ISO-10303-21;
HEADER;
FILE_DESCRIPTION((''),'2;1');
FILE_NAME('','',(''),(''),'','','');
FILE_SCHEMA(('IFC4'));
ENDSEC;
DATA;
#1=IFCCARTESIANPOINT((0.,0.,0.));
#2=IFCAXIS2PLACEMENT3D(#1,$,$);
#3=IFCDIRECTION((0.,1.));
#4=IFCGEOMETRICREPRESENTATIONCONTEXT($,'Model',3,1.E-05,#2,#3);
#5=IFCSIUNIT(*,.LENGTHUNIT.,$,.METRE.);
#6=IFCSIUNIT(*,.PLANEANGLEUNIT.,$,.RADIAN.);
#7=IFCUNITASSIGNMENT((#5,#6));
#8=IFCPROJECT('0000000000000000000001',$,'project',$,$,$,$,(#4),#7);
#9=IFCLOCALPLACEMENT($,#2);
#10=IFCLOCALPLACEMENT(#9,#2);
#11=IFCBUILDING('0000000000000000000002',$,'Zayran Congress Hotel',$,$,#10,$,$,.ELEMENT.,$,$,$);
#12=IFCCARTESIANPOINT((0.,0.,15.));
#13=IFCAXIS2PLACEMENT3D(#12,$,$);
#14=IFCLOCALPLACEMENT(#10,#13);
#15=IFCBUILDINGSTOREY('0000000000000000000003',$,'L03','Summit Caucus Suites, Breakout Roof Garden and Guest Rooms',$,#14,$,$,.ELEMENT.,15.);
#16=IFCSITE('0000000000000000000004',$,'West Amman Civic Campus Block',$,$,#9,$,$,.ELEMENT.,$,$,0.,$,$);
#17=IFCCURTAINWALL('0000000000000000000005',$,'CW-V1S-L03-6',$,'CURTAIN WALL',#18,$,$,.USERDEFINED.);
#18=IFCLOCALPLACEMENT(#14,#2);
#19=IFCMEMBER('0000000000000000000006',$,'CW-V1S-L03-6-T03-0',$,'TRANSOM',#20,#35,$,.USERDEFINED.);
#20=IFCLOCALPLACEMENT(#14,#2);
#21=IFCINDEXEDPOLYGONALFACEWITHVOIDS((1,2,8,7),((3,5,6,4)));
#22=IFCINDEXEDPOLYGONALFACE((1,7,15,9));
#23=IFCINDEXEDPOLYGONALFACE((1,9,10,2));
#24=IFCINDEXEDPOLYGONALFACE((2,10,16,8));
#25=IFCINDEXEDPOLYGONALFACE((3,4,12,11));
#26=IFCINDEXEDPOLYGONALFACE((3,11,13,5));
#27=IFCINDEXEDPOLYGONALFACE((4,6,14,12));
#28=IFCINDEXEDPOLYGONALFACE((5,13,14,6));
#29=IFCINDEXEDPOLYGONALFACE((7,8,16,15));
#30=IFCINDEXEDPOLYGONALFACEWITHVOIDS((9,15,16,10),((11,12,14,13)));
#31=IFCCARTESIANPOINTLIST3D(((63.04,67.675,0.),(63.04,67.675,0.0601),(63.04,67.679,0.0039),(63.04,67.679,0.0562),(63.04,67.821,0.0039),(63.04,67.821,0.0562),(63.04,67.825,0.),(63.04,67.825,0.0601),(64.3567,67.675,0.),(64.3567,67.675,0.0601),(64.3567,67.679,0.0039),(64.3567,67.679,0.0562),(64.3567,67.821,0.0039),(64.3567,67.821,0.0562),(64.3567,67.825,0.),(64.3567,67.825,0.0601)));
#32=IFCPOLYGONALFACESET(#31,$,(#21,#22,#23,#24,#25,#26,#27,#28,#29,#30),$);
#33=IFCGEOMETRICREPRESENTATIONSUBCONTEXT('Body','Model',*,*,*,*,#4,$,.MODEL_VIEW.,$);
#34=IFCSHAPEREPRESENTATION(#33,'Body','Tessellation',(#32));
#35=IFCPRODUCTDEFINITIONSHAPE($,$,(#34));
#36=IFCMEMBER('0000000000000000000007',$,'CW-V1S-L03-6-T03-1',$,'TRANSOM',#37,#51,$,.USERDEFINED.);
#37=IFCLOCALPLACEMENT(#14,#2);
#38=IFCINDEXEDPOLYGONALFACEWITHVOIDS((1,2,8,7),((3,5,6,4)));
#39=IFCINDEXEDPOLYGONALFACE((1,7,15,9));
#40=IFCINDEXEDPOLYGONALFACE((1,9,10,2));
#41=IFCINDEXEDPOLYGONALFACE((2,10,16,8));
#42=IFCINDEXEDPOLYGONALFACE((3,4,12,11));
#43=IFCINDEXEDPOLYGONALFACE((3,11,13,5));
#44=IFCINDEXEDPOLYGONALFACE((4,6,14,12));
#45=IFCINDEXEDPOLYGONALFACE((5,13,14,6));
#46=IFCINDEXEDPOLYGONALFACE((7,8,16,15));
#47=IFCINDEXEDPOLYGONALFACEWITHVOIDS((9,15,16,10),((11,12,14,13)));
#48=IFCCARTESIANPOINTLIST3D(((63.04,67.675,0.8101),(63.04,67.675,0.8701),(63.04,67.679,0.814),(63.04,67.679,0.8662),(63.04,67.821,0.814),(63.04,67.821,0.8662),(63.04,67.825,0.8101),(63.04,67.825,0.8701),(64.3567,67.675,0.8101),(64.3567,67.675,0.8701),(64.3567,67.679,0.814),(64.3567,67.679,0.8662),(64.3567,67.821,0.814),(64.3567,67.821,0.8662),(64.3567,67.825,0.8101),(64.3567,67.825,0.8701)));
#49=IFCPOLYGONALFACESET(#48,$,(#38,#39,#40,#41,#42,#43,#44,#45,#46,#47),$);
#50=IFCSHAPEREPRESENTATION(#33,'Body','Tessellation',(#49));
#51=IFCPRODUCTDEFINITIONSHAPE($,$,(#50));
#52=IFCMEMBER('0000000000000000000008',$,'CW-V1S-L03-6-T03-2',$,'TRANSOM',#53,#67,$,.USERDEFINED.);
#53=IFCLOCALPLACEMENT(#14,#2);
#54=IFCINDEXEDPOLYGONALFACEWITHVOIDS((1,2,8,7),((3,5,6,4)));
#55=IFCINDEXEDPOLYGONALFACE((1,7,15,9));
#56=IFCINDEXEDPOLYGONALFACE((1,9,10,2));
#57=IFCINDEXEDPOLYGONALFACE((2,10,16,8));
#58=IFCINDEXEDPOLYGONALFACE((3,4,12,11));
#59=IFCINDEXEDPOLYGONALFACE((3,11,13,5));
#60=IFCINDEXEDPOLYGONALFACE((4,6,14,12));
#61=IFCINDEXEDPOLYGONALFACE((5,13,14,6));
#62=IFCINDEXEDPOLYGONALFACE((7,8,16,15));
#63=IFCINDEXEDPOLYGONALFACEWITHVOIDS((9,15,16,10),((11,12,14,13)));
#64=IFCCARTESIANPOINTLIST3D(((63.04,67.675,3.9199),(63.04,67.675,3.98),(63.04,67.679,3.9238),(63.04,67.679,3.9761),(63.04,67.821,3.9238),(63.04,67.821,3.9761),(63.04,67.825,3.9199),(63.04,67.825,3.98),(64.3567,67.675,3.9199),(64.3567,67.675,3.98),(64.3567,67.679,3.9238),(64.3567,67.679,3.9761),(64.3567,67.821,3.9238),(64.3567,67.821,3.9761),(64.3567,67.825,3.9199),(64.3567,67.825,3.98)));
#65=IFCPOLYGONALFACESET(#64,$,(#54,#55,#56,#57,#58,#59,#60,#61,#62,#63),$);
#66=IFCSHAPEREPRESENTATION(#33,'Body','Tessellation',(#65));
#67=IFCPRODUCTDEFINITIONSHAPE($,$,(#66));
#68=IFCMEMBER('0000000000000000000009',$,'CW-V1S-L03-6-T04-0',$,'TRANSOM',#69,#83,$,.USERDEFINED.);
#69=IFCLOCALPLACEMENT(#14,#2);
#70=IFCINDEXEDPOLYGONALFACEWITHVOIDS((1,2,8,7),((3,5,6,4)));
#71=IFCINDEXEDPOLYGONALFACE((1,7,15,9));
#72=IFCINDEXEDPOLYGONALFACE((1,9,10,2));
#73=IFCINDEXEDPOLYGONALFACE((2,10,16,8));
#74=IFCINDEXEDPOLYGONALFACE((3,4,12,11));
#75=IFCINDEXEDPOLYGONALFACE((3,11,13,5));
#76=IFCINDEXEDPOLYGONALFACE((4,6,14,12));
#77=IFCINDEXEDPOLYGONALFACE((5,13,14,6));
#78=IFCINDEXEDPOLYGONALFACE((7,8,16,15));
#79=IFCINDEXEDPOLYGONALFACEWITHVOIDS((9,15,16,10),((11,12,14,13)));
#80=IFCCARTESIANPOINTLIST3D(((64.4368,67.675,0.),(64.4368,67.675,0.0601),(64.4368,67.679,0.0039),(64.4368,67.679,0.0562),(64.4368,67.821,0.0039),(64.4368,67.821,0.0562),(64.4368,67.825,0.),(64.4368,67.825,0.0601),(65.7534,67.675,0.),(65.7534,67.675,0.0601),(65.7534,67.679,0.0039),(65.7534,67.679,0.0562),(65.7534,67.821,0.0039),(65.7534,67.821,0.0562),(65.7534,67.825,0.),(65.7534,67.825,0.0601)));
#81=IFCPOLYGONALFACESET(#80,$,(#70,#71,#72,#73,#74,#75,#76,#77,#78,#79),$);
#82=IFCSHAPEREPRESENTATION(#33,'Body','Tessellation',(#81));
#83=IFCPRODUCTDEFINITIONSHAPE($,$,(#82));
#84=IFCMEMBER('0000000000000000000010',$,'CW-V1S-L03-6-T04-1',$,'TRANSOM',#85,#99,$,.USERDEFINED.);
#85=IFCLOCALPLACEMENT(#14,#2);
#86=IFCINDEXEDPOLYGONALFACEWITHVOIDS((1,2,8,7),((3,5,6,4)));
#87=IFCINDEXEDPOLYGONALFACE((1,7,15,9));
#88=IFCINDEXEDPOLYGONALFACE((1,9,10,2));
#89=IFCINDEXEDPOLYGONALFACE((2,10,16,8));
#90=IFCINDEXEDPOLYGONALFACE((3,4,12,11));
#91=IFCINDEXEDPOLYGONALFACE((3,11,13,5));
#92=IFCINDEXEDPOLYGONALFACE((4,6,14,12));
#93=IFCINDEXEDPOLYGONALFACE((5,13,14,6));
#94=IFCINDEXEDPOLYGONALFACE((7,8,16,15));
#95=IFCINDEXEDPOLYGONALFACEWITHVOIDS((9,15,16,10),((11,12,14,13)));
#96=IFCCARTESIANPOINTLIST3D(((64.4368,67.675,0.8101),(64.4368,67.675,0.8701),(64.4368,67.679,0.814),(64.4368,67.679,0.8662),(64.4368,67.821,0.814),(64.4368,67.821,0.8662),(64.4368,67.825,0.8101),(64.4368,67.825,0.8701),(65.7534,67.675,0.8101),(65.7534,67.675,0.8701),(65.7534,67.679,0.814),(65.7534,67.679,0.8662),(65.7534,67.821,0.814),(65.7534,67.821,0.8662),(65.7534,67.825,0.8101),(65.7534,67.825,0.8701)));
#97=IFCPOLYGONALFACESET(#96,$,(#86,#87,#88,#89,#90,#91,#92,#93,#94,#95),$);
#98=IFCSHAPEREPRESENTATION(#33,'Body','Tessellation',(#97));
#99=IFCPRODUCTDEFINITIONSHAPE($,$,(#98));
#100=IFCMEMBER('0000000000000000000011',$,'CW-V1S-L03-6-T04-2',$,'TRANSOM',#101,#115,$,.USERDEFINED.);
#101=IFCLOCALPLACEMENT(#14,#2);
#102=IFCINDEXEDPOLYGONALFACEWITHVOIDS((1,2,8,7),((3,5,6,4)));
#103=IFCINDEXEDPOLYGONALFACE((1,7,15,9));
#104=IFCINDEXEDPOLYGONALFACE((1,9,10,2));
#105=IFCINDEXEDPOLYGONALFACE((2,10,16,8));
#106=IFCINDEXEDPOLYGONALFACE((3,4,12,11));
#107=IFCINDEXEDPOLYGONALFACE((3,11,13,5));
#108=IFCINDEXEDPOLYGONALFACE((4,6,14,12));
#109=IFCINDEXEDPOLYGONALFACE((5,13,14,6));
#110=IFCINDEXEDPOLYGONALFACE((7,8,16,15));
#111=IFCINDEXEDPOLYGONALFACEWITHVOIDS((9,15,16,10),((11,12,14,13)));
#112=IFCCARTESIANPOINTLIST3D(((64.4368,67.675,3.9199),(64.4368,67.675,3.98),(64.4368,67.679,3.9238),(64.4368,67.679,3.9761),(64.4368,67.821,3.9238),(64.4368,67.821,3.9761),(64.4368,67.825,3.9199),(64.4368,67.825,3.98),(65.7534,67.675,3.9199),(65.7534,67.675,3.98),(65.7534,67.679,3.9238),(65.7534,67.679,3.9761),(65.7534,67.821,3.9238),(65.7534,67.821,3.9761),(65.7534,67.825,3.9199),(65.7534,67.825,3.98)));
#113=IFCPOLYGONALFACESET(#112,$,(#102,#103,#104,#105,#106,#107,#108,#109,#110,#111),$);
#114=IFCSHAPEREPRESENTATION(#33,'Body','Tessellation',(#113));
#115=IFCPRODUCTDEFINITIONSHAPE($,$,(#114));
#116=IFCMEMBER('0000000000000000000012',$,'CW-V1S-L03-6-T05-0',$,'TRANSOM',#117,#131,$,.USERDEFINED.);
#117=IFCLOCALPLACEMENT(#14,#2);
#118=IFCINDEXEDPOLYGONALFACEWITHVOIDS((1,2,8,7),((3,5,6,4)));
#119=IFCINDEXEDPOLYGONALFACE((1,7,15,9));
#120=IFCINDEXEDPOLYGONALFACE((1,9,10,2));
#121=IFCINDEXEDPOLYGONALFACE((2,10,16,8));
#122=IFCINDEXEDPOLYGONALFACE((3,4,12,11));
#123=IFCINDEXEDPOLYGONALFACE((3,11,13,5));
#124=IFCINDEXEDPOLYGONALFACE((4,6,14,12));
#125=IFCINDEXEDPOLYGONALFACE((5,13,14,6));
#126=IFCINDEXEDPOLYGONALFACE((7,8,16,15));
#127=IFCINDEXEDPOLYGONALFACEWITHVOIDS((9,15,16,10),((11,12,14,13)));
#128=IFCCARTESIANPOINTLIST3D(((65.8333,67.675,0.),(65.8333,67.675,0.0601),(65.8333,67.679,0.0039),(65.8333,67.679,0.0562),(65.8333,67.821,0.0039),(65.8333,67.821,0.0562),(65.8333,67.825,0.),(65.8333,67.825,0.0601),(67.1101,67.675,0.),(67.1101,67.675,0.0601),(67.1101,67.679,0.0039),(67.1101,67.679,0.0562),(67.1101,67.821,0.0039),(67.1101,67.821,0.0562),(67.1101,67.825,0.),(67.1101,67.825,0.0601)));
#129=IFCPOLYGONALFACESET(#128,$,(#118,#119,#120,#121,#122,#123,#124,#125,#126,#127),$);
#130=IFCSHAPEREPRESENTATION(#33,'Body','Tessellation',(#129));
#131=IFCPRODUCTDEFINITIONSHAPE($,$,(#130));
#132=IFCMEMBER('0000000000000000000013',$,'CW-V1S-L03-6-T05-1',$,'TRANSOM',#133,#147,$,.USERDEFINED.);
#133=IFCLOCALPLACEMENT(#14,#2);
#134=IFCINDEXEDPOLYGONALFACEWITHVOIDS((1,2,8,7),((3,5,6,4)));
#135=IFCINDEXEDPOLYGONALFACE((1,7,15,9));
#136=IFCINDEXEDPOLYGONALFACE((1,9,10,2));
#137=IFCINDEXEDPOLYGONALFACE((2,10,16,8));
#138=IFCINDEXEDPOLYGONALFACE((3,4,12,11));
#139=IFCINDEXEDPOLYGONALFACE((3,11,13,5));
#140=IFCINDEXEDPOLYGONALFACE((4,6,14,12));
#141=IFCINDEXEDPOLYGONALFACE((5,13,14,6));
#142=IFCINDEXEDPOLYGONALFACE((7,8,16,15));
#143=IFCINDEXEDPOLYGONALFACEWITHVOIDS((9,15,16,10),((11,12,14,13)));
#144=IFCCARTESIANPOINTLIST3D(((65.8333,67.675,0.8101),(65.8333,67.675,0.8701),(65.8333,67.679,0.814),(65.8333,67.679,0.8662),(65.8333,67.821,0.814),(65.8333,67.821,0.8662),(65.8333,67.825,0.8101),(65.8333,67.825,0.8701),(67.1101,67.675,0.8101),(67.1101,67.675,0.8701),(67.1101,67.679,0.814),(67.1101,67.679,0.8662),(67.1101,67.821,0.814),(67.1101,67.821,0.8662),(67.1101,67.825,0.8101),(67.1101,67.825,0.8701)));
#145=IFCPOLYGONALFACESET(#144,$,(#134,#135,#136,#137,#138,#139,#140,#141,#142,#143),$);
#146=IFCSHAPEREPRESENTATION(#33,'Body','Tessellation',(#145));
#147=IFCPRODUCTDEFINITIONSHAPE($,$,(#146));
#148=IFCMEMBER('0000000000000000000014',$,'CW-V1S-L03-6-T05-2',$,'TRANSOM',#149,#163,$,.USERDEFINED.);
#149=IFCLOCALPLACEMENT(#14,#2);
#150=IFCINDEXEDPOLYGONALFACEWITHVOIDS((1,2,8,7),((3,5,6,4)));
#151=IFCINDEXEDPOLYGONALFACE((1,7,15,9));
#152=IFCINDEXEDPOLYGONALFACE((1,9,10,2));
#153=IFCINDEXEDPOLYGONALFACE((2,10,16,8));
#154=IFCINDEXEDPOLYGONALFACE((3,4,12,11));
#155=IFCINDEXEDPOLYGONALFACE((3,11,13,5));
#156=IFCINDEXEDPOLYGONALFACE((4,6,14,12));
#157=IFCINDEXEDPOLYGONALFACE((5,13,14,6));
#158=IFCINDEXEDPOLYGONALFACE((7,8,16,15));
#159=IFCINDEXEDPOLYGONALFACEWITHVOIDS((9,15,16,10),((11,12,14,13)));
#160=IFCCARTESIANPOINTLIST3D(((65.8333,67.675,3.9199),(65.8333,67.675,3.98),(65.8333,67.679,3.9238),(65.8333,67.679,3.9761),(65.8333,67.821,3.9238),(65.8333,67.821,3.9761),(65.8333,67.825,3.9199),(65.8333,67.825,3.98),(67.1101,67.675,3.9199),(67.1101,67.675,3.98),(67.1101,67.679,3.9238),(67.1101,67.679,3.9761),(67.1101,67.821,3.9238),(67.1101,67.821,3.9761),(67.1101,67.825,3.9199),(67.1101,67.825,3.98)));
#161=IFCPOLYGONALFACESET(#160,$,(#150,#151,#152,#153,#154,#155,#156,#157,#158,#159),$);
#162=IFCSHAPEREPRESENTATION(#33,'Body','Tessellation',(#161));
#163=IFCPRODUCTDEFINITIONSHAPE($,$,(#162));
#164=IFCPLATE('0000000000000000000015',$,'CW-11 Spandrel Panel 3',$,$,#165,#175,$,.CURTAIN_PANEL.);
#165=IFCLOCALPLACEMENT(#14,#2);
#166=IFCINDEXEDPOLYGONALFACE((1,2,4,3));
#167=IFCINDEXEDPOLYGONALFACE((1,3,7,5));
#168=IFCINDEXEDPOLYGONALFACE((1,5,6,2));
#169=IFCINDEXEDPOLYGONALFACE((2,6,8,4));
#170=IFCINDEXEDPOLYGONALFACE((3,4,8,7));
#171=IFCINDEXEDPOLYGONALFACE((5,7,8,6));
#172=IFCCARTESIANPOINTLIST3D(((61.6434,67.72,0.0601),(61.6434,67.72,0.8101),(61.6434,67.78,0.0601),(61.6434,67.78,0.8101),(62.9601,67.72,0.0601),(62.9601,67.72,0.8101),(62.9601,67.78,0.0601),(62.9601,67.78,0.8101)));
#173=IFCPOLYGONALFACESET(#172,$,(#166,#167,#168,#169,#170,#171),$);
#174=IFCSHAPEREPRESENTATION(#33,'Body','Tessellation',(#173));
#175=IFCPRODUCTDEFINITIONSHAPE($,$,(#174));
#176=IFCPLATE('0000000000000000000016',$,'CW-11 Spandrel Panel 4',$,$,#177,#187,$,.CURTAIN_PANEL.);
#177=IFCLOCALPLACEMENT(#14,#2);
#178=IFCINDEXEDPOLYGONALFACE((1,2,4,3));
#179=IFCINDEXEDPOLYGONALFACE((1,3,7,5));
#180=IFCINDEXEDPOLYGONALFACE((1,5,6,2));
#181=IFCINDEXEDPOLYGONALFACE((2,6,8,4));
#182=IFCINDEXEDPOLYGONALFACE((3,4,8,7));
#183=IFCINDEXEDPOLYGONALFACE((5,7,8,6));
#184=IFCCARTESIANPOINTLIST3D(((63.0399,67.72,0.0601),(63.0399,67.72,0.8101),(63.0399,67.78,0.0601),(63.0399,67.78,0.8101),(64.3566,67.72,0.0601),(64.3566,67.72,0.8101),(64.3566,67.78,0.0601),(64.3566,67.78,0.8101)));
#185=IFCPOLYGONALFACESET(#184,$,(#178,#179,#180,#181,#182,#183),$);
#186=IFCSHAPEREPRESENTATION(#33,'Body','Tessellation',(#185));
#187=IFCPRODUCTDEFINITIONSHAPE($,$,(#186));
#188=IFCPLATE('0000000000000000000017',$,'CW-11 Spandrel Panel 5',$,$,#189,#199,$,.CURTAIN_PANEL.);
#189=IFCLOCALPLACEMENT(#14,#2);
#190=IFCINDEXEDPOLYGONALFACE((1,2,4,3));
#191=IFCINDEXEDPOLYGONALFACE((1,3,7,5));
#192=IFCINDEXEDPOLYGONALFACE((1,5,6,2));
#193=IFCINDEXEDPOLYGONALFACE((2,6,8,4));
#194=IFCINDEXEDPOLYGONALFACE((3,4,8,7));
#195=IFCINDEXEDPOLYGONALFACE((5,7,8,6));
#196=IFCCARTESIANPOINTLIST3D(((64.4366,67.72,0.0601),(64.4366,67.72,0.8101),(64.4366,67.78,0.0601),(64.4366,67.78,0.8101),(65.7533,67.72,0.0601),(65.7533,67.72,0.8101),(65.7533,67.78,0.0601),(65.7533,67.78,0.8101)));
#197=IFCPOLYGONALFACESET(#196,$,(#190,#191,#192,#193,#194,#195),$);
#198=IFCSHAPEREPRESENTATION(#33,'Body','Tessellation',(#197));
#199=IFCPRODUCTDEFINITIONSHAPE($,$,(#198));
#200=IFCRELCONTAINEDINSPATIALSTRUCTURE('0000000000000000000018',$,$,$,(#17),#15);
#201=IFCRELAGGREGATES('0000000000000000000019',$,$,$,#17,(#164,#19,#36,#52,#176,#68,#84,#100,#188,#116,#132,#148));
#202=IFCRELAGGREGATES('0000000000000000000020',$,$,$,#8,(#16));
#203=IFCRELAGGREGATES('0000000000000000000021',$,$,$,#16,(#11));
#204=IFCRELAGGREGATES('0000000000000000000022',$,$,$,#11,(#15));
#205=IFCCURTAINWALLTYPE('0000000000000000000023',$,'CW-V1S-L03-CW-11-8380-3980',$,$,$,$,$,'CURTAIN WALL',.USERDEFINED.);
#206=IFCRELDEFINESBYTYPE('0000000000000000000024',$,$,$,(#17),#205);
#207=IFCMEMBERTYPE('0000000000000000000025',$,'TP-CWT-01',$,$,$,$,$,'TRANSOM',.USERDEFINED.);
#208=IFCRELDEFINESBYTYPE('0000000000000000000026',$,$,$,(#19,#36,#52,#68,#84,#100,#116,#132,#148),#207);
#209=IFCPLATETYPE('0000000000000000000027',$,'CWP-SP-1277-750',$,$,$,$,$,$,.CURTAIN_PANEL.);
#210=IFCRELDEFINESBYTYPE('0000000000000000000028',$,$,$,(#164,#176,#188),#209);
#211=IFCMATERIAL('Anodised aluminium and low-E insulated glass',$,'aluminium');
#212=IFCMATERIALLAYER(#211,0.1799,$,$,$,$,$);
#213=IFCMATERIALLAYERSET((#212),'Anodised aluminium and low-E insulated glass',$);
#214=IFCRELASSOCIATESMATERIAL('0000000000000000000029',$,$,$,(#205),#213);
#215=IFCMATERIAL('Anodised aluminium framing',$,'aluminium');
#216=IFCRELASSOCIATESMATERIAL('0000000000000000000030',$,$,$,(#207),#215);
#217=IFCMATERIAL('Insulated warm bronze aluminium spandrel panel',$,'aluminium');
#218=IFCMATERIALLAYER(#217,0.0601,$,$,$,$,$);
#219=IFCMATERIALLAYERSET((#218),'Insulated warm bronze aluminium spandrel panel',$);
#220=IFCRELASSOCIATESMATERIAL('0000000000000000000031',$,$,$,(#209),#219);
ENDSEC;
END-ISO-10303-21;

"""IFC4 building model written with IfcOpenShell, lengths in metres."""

from ifc_helpers import new_model, si_unit, direction, frame, origin, origin_2d, place, context, subcontext, project, spatial, rectangle, hollow_rectangle, extrude, material, layer, layer_set, material_profile, profile_set, type_object, element, aggregate, save


model = new_model("IFC4")

# Units and contexts
model_context = context("Model", 3, precision=1e-05, world=origin(), true_north=direction((0.0, 1.0)))
body_context = subcontext(model_context, "Body", "Model", "MODEL_VIEW")
ifc_project = project(units=[si_unit("LENGTHUNIT", "METRE"), si_unit("PLANEANGLEUNIT", "RADIAN")], contexts=[model_context])

# Site, building, storey
site_placement = place(None, origin())
site = spatial("IfcSite", under=ifc_project, at=site_placement, Name="West Amman Civic Campus Block", CompositionType="ELEMENT", RefElevation=0.0)
building_placement = place(site_placement, origin())
building = spatial("IfcBuilding", under=site, at=building_placement, Name="Zayran Congress Hotel", CompositionType="ELEMENT")
storey_placement = place(building_placement, frame((0.0, 0.0, 15.0)))
storey = spatial("IfcBuildingStorey", under=building, at=storey_placement, Name="L03", Description="Summit Caucus Suites, Breakout Roof Garden and Guest Rooms", CompositionType="ELEMENT", Elevation=15.0)

# Curtain wall, members, plates
ifc_material_1 = material(Name="Anodised aluminium and low-E insulated glass", Category="aluminium")
ifc_layer_1 = layer(ifc_material_1, 0.1799)
ifc_layer_set_1 = layer_set([ifc_layer_1], Name="Anodised aluminium and low-E insulated glass")
curtain_wall_type = type_object("IfcCurtainWallType", Name="CW-V1S-L03-CW-11-8380-3980", ElementType="CURTAIN WALL", PredefinedType="USERDEFINED", material=ifc_layer_set_1)
curtain_wall_placement = place(storey_placement, origin())
curtain_wall = element("IfcCurtainWall", 1, at=curtain_wall_placement, inside=storey, type_object=curtain_wall_type, Name="CW-V1S-L03-6", ObjectType="CURTAIN WALL", PredefinedType="USERDEFINED")
ifc_material_2 = material(Name="Anodised aluminium framing", Category="aluminium")
ifc_material_profile_1 = material_profile(ifc_material_2, hollow_rectangle(XDim=0.0601, YDim=0.1499, WallThickness=0.0039, at=origin_2d()), Name="RHS 150x60x4")
ifc_profile_set_1 = profile_set([ifc_material_profile_1], Name="Anodised aluminium framing")
member_type_1 = type_object("IfcMemberType", Name="TP-CWT-01", ElementType="TRANSOM", PredefinedType="USERDEFINED", material=ifc_profile_set_1)
member_1_placement = place(storey_placement, frame((63.04, 67.75, 0.03), z_axis=(1.0, 0.0, 0.0), x_axis=(0.0, 0.0, 1.0)))
member_1 = element("IfcMember", 2, at=member_1_placement, type_object=member_type_1, Name="CW-V1S-L03-6-T03-0", ObjectType="TRANSOM", PredefinedType="USERDEFINED", context=body_context, shape_type="SweptSolid", body=[
    extrude(hollow_rectangle(XDim=0.0601, YDim=0.1499, WallThickness=0.0039, at=origin_2d()), origin(), (0.0, 0.0, 1.0), 1.3167),
])
member_2_placement = place(storey_placement, frame((63.04, 67.75, 0.8401), z_axis=(1.0, 0.0, 0.0), x_axis=(0.0, 0.0, 1.0)))
member_2 = element("IfcMember", 3, at=member_2_placement, type_object=member_type_1, Name="CW-V1S-L03-6-T03-1", ObjectType="TRANSOM", PredefinedType="USERDEFINED", context=body_context, shape_type="SweptSolid", body=[
    extrude(hollow_rectangle(XDim=0.0601, YDim=0.1499, WallThickness=0.0039, at=origin_2d()), origin(), (0.0, 0.0, 1.0), 1.3167),
])
member_3_placement = place(storey_placement, frame((63.04, 67.75, 3.95), z_axis=(1.0, 0.0, 0.0), x_axis=(0.0, 0.0, 1.0)))
member_3 = element("IfcMember", 4, at=member_3_placement, type_object=member_type_1, Name="CW-V1S-L03-6-T03-2", ObjectType="TRANSOM", PredefinedType="USERDEFINED", context=body_context, shape_type="SweptSolid", body=[
    extrude(hollow_rectangle(XDim=0.0601, YDim=0.1499, WallThickness=0.0039, at=origin_2d()), origin(), (0.0, 0.0, 1.0), 1.3167),
])
member_4_placement = place(storey_placement, frame((64.4368, 67.75, 0.03), z_axis=(1.0, 0.0, 0.0), x_axis=(0.0, 0.0, 1.0)))
member_4 = element("IfcMember", 5, at=member_4_placement, type_object=member_type_1, Name="CW-V1S-L03-6-T04-0", ObjectType="TRANSOM", PredefinedType="USERDEFINED", context=body_context, shape_type="SweptSolid", body=[
    extrude(hollow_rectangle(XDim=0.0601, YDim=0.1499, WallThickness=0.0039, at=origin_2d()), origin(), (0.0, 0.0, 1.0), 1.3167),
])
member_5_placement = place(storey_placement, frame((64.4368, 67.75, 0.8401), z_axis=(1.0, 0.0, 0.0), x_axis=(0.0, 0.0, 1.0)))
member_5 = element("IfcMember", 6, at=member_5_placement, type_object=member_type_1, Name="CW-V1S-L03-6-T04-1", ObjectType="TRANSOM", PredefinedType="USERDEFINED", context=body_context, shape_type="SweptSolid", body=[
    extrude(hollow_rectangle(XDim=0.0601, YDim=0.1499, WallThickness=0.0039, at=origin_2d()), origin(), (0.0, 0.0, 1.0), 1.3167),
])
member_6_placement = place(storey_placement, frame((64.4368, 67.75, 3.95), z_axis=(1.0, 0.0, 0.0), x_axis=(0.0, 0.0, 1.0)))
member_6 = element("IfcMember", 7, at=member_6_placement, type_object=member_type_1, Name="CW-V1S-L03-6-T04-2", ObjectType="TRANSOM", PredefinedType="USERDEFINED", context=body_context, shape_type="SweptSolid", body=[
    extrude(hollow_rectangle(XDim=0.0601, YDim=0.1499, WallThickness=0.0039, at=origin_2d()), origin(), (0.0, 0.0, 1.0), 1.3167),
])
member_7_placement = place(storey_placement, frame((65.8333, 67.75, 0.03), z_axis=(1.0, 0.0, 0.0), x_axis=(0.0, 0.0, 1.0)))
member_7 = element("IfcMember", 8, at=member_7_placement, type_object=member_type_1, Name="CW-V1S-L03-6-T05-0", ObjectType="TRANSOM", PredefinedType="USERDEFINED", context=body_context, shape_type="SweptSolid", body=[
    extrude(hollow_rectangle(XDim=0.0601, YDim=0.1499, WallThickness=0.0039, at=origin_2d()), origin(), (0.0, 0.0, 1.0), 1.2769),
])
member_8_placement = place(storey_placement, frame((65.8333, 67.75, 0.8401), z_axis=(1.0, 0.0, 0.0), x_axis=(0.0, 0.0, 1.0)))
member_8 = element("IfcMember", 9, at=member_8_placement, type_object=member_type_1, Name="CW-V1S-L03-6-T05-1", ObjectType="TRANSOM", PredefinedType="USERDEFINED", context=body_context, shape_type="SweptSolid", body=[
    extrude(hollow_rectangle(XDim=0.0601, YDim=0.1499, WallThickness=0.0039, at=origin_2d()), origin(), (0.0, 0.0, 1.0), 1.2769),
])
member_9_placement = place(storey_placement, frame((65.8333, 67.75, 3.95), z_axis=(1.0, 0.0, 0.0), x_axis=(0.0, 0.0, 1.0)))
member_9 = element("IfcMember", 10, at=member_9_placement, type_object=member_type_1, Name="CW-V1S-L03-6-T05-2", ObjectType="TRANSOM", PredefinedType="USERDEFINED", context=body_context, shape_type="SweptSolid", body=[
    extrude(hollow_rectangle(XDim=0.0601, YDim=0.1499, WallThickness=0.0039, at=origin_2d()), origin(), (0.0, 0.0, 1.0), 1.2769),
])
ifc_material_3 = material(Name="Insulated warm bronze aluminium spandrel panel", Category="aluminium")
ifc_layer_2 = layer(ifc_material_3, 0.0601)
ifc_layer_set_2 = layer_set([ifc_layer_2], Name="Insulated warm bronze aluminium spandrel panel")
plate_type_1 = type_object("IfcPlateType", Name="CWP-SP-1277-750", PredefinedType="CURTAIN_PANEL", material=ifc_layer_set_2)
plate_1_placement = place(storey_placement, frame((62.3018, 67.75, 0.0601), z_axis=(0.0, 0.0, 1.0), x_axis=(1.0, 0.0, 0.0)))
plate_1 = element("IfcPlate", 11, at=plate_1_placement, type_object=plate_type_1, Name="CW-11 Spandrel Panel 3", PredefinedType="CURTAIN_PANEL", context=body_context, shape_type="SweptSolid", body=[
    extrude(rectangle(XDim=1.3167, YDim=0.0601, at=origin_2d()), origin(), (0.0, 0.0, 1.0), 0.75),
])
plate_2_placement = place(storey_placement, frame((63.6982, 67.75, 0.0601), z_axis=(0.0, 0.0, 1.0), x_axis=(1.0, 0.0, 0.0)))
plate_2 = element("IfcPlate", 12, at=plate_2_placement, type_object=plate_type_1, Name="CW-11 Spandrel Panel 4", PredefinedType="CURTAIN_PANEL", context=body_context, shape_type="SweptSolid", body=[
    extrude(rectangle(XDim=1.3167, YDim=0.0601, at=origin_2d()), origin(), (0.0, 0.0, 1.0), 0.75),
])
plate_3_placement = place(storey_placement, frame((65.095, 67.75, 0.0601), z_axis=(0.0, 0.0, 1.0), x_axis=(1.0, 0.0, 0.0)))
plate_3 = element("IfcPlate", 13, at=plate_3_placement, type_object=plate_type_1, Name="CW-11 Spandrel Panel 5", PredefinedType="CURTAIN_PANEL", context=body_context, shape_type="SweptSolid", body=[
    extrude(rectangle(XDim=1.3167, YDim=0.0601, at=origin_2d()), origin(), (0.0, 0.0, 1.0), 0.75),
])
aggregate(curtain_wall, [plate_1, member_1, member_2, member_3, plate_2, member_4, member_5, member_6, plate_3, member_7, member_8, member_9])

save(model, "model.ifc")
